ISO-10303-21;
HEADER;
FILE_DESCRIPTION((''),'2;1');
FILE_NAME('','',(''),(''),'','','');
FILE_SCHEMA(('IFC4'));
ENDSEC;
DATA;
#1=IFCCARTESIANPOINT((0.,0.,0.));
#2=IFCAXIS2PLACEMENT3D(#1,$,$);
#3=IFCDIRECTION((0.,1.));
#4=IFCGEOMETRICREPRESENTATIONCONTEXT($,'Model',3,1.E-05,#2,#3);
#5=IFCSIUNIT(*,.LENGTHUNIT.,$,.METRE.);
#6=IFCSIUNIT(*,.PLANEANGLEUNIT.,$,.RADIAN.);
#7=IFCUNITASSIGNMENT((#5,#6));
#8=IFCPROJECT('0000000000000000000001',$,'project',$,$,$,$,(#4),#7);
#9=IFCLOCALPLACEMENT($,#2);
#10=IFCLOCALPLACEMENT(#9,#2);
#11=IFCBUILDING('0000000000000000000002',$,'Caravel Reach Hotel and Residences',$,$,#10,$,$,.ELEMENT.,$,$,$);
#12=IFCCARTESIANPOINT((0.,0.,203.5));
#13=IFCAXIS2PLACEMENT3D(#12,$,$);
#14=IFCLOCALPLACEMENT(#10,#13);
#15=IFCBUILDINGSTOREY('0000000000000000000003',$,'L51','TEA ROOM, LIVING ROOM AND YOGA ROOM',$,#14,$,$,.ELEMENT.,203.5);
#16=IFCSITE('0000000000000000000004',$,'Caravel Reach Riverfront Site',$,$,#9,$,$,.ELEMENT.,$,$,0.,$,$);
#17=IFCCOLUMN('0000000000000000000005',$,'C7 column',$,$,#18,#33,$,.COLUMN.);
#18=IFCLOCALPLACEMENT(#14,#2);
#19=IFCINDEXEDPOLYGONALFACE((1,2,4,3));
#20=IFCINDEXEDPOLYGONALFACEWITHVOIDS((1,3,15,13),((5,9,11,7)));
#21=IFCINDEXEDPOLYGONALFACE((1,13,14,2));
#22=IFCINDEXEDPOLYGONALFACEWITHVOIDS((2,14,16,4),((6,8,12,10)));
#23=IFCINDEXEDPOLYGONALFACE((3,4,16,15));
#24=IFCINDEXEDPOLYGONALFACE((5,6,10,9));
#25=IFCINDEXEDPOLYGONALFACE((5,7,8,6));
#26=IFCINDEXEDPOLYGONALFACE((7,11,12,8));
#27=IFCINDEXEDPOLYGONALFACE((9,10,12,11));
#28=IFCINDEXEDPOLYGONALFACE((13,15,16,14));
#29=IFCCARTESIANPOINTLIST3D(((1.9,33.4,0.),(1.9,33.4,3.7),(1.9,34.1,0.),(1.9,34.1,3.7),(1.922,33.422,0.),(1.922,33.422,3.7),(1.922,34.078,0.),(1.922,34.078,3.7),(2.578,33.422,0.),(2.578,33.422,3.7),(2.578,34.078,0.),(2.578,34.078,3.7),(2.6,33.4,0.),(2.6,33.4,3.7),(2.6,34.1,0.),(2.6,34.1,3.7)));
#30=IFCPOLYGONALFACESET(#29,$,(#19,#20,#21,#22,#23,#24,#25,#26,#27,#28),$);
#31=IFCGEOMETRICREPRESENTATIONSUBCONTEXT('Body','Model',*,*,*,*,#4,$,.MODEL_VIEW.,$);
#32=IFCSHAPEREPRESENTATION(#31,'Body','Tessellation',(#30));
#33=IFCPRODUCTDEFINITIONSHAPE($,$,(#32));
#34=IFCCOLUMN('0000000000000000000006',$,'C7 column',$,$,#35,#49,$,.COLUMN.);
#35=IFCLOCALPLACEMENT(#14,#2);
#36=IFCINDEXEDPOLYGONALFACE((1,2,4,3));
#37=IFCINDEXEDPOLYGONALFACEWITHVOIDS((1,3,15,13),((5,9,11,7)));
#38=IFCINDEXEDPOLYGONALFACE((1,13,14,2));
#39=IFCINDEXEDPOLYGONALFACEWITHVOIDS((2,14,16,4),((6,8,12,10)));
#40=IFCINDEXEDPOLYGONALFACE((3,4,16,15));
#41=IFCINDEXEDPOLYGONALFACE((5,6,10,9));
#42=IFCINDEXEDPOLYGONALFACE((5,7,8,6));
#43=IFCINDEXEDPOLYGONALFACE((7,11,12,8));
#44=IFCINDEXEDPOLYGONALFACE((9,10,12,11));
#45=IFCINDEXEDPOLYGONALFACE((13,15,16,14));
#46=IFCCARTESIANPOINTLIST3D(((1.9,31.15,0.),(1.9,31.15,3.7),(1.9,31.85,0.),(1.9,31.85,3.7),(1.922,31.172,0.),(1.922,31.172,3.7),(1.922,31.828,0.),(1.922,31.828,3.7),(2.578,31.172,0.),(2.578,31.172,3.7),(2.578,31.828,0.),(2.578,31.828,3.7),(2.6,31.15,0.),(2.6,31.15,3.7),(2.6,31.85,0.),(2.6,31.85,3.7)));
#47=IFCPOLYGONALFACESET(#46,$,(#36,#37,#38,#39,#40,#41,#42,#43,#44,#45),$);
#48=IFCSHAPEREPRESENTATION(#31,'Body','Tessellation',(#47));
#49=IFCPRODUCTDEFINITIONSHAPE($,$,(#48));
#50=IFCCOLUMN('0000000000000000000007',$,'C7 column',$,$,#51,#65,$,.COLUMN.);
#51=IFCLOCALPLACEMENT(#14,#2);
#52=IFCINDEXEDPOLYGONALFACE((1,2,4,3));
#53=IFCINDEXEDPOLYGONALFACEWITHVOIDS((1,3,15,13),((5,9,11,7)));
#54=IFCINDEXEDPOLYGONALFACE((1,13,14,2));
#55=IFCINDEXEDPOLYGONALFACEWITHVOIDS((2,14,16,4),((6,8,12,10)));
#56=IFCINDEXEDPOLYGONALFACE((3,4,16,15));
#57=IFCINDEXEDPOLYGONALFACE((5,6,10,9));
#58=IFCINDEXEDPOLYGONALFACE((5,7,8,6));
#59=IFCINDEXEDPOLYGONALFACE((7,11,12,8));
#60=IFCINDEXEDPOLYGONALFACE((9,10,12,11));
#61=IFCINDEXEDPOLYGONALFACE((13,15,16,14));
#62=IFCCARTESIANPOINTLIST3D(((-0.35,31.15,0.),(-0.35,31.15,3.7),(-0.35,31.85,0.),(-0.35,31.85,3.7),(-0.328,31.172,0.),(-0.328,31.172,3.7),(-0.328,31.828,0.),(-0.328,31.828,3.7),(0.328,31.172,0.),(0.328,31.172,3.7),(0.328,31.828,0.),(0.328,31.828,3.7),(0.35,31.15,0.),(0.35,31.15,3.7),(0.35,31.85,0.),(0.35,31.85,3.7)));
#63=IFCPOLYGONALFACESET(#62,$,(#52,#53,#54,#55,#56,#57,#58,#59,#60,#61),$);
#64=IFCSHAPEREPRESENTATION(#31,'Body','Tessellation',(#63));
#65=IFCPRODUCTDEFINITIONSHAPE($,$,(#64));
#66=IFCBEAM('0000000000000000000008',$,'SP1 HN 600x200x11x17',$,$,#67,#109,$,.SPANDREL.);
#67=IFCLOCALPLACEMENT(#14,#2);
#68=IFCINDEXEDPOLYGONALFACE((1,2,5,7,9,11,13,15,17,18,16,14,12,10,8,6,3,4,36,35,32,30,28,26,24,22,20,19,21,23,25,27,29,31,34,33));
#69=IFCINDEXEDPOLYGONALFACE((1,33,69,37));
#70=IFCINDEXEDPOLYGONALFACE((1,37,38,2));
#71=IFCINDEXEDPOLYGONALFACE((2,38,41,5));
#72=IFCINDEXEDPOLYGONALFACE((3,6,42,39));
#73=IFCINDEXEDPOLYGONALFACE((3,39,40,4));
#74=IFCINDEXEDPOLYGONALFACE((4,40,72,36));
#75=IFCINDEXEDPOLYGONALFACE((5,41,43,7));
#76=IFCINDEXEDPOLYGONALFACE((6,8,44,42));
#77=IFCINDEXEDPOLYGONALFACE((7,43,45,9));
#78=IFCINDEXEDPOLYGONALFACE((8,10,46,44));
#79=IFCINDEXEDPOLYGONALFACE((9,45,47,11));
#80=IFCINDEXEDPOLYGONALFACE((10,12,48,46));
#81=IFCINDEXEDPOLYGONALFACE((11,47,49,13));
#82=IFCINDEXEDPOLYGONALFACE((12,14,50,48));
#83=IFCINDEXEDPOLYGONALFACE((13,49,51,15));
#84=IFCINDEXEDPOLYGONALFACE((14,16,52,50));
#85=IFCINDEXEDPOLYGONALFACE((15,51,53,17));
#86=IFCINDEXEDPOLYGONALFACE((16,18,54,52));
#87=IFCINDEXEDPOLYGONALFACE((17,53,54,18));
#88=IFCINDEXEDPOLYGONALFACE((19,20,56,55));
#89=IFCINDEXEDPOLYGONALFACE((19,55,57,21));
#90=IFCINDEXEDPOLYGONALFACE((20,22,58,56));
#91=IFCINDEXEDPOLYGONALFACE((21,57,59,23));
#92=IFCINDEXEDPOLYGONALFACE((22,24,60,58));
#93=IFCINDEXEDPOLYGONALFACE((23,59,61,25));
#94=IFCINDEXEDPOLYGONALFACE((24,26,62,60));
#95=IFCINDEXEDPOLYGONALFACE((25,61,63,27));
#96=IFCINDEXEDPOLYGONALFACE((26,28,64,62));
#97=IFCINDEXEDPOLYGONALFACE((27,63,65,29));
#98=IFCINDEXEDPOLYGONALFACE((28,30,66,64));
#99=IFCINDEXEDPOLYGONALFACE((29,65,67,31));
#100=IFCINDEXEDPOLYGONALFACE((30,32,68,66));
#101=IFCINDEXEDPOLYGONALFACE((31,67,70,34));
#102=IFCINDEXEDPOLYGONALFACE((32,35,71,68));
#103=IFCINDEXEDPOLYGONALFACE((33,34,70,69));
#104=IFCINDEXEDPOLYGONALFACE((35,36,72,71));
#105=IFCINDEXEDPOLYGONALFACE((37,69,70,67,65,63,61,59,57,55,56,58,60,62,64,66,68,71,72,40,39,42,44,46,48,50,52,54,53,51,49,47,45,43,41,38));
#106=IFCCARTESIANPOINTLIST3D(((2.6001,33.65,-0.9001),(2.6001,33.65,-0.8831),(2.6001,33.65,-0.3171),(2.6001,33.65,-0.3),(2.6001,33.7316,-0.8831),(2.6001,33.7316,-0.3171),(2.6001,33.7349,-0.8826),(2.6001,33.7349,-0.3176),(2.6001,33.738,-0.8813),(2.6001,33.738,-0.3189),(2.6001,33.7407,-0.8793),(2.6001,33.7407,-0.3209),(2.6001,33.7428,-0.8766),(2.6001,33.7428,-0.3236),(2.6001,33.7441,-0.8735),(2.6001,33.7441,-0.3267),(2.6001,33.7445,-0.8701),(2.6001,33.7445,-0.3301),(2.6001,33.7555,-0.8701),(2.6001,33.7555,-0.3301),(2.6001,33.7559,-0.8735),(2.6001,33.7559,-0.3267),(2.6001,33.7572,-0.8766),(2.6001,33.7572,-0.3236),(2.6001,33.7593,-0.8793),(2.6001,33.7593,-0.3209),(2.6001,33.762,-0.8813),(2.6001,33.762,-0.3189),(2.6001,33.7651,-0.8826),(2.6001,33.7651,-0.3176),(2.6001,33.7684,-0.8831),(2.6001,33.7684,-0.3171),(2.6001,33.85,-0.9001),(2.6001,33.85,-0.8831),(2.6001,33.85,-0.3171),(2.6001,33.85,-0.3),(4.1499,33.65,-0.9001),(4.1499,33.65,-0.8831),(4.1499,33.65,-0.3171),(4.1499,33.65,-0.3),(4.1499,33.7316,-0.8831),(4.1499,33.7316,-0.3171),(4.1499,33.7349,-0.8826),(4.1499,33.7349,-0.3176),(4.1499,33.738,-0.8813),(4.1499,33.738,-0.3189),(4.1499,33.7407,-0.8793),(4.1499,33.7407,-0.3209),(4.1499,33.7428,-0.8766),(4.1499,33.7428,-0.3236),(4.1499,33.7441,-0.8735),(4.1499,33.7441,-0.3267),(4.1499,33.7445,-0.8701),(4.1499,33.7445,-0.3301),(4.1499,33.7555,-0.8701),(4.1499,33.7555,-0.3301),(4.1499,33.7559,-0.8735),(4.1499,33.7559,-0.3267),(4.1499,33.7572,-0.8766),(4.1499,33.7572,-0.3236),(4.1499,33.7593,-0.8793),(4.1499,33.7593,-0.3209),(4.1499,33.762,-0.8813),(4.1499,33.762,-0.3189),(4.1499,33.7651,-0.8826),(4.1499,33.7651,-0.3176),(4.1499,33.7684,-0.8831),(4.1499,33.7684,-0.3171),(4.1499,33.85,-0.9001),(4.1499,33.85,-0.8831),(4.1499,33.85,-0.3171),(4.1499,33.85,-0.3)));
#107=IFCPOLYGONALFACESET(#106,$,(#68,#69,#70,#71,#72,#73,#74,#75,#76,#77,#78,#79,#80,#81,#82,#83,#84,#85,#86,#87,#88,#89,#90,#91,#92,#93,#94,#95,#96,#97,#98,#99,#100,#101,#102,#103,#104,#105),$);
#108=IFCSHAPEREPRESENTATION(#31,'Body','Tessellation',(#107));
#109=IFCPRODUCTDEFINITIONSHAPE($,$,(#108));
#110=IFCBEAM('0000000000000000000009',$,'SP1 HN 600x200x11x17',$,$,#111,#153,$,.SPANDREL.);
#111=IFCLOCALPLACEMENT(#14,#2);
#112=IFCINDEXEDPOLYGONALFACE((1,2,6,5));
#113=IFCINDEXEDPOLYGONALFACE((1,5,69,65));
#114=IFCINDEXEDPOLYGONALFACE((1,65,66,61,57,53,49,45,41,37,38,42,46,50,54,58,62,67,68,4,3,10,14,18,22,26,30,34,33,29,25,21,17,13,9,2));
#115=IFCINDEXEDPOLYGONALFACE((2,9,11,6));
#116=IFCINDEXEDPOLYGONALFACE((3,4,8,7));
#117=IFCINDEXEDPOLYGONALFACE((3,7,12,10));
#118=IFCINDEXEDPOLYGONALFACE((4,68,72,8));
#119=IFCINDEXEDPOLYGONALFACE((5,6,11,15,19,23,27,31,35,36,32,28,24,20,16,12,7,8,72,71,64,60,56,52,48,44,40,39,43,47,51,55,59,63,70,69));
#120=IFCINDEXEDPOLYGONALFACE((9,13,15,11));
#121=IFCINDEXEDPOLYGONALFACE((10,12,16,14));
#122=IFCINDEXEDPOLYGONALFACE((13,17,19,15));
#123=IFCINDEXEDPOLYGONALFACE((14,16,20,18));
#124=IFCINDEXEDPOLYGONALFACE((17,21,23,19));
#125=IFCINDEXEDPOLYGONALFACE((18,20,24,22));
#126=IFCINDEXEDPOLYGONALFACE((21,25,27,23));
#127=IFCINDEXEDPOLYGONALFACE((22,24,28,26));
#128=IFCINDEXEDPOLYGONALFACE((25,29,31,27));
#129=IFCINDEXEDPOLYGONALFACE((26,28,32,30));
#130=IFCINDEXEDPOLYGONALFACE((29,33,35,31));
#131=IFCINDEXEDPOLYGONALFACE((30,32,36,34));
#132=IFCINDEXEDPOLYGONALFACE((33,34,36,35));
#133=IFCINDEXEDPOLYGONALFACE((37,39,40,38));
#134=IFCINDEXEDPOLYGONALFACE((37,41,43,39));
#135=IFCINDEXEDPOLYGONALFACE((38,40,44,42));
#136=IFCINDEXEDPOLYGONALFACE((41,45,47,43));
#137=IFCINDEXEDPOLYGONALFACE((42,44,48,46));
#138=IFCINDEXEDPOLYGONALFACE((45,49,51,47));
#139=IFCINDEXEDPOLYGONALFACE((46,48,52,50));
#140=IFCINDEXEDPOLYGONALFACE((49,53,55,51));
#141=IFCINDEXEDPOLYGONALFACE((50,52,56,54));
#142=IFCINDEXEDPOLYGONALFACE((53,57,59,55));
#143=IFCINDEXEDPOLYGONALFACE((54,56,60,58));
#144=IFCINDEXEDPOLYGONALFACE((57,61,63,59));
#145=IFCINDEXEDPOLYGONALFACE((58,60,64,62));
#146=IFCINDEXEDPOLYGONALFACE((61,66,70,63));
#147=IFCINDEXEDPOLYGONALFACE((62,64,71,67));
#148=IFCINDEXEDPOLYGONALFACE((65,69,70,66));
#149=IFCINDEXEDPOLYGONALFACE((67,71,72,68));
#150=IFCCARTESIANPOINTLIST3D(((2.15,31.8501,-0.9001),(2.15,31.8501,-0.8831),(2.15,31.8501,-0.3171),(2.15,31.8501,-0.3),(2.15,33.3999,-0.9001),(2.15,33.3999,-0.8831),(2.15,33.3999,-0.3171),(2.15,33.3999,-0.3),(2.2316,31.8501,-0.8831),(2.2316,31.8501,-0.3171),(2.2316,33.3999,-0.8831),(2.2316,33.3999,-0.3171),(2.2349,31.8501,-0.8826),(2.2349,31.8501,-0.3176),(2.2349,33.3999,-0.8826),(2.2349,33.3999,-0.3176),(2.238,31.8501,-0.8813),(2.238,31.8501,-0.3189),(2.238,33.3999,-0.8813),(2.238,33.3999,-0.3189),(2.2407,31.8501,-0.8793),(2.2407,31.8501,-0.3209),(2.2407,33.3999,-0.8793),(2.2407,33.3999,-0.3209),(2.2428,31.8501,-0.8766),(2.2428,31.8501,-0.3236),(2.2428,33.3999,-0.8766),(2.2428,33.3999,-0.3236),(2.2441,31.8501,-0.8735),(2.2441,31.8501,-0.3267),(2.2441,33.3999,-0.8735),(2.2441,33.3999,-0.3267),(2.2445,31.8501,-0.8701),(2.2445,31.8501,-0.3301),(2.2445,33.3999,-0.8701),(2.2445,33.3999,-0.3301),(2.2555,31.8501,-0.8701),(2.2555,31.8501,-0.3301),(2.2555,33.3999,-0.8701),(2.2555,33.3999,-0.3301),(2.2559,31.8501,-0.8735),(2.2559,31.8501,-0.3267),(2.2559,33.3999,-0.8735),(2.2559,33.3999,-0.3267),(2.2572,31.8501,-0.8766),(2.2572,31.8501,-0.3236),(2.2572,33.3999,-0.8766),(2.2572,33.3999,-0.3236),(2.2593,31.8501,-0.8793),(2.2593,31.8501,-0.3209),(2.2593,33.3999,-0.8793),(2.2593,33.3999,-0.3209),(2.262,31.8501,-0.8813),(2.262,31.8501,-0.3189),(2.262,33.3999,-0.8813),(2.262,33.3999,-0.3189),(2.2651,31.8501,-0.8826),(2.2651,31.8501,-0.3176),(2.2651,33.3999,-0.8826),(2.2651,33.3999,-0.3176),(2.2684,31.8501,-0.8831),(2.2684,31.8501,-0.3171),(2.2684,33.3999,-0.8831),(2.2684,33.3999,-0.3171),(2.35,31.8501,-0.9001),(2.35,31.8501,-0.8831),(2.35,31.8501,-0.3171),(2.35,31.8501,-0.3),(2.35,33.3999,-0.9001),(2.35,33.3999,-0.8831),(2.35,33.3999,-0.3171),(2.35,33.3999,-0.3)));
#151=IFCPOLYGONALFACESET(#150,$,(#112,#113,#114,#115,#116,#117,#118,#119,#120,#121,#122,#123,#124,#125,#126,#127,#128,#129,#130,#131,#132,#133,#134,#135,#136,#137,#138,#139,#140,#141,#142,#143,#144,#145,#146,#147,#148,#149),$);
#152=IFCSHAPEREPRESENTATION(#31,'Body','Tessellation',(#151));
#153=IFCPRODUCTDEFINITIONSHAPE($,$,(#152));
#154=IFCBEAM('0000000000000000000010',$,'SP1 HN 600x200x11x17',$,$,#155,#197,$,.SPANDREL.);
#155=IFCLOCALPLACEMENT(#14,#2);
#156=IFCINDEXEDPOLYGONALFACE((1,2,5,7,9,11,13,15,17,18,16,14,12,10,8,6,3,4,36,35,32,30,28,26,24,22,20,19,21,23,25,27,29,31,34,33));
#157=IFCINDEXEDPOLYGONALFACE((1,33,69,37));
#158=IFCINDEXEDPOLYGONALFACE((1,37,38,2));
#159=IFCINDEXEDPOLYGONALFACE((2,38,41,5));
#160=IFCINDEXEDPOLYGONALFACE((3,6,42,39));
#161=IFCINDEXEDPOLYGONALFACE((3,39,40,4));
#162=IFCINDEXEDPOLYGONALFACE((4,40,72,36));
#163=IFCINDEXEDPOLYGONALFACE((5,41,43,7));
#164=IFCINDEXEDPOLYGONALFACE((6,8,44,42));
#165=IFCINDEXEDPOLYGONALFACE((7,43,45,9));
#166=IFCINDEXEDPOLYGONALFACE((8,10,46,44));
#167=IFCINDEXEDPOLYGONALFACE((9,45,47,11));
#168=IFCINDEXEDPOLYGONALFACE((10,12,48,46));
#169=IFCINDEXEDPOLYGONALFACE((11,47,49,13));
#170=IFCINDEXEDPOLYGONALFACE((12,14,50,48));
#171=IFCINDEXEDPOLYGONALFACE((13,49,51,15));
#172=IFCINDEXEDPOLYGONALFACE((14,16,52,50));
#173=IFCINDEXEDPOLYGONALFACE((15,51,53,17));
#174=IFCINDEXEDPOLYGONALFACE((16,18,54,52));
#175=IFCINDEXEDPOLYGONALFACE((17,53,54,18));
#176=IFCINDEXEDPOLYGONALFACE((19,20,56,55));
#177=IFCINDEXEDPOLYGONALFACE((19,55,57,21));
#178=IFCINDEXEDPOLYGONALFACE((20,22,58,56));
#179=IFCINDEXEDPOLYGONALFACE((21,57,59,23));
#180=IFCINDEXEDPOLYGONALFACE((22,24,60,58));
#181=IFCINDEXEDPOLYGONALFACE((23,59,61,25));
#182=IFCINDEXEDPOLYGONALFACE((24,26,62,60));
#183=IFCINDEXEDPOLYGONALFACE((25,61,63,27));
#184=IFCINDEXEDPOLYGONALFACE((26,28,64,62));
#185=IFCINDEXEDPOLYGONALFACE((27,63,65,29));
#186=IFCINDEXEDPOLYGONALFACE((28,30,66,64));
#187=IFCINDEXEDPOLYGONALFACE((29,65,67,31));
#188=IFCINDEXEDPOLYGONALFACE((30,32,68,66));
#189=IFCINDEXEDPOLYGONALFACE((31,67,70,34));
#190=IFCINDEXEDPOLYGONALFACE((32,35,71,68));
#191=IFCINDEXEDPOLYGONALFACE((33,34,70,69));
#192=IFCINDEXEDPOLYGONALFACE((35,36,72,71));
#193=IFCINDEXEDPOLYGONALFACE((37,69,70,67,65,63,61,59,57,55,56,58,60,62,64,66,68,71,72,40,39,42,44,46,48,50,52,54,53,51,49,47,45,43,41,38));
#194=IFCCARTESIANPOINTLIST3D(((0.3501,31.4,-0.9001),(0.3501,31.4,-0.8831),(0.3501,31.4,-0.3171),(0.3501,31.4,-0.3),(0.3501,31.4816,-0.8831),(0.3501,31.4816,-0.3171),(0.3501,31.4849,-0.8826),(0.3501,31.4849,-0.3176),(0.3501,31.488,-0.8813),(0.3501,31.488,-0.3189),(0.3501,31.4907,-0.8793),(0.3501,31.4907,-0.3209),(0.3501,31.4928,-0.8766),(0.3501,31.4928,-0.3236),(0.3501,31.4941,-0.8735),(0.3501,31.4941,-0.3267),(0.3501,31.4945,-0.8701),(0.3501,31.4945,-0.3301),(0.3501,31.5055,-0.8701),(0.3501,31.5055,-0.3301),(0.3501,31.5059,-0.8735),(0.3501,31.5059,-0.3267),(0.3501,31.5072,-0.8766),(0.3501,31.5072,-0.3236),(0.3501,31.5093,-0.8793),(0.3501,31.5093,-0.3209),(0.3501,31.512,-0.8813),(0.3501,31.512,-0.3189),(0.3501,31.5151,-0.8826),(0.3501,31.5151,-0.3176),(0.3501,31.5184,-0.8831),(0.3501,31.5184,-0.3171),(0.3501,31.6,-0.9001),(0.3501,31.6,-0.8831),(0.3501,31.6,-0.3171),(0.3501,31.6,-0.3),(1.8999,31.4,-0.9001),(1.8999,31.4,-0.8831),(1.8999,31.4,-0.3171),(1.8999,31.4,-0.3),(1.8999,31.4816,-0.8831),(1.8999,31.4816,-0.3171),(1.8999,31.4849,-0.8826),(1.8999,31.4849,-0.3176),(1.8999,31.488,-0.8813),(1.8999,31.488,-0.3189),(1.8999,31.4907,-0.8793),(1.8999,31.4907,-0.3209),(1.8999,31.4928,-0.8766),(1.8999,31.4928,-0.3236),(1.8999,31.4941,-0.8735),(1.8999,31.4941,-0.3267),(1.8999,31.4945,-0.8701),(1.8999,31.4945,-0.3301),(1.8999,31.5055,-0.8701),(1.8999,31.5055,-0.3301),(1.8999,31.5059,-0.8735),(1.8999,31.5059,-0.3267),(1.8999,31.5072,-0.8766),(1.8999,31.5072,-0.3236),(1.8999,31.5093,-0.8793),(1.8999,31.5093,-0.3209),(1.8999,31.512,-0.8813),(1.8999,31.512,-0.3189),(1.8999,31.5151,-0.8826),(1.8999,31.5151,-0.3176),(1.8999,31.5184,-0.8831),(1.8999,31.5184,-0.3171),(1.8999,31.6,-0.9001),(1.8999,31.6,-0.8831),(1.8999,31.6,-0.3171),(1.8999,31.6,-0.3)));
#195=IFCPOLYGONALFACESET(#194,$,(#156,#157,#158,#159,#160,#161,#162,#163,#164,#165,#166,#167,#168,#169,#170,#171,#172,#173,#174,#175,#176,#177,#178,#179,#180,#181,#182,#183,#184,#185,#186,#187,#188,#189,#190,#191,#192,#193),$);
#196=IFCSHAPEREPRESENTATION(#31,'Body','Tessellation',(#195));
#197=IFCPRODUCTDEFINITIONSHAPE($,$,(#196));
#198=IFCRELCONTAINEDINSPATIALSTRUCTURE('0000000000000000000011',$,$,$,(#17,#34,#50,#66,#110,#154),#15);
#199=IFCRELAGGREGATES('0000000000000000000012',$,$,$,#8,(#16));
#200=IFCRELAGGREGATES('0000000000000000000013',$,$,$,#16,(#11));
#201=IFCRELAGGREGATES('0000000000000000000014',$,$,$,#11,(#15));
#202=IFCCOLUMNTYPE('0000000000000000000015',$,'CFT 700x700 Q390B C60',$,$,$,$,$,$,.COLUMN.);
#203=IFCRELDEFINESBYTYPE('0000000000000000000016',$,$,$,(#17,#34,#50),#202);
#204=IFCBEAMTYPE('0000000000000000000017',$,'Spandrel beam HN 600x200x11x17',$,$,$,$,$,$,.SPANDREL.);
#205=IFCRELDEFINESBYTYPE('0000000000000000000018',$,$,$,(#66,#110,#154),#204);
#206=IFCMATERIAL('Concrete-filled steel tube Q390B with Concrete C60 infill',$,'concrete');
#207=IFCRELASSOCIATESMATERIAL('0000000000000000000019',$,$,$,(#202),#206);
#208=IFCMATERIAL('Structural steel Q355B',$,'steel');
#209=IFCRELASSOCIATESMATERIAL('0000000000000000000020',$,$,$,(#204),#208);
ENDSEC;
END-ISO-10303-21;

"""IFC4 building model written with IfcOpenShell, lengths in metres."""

from ifc_helpers import new_model, si_unit, direction, frame, origin, origin_2d, place, context, subcontext, project, spatial, hollow_rectangle, i_section, extrude, material, material_profile, profile_set, type_object, element, save


model = new_model("IFC4")

# Units and contexts
model_context = context("Model", 3, precision=1e-05, world=origin(), true_north=direction((0.0, 1.0)))
body_context = subcontext(model_context, "Body", "Model", "MODEL_VIEW")
ifc_project = project(units=[si_unit("LENGTHUNIT", "METRE"), si_unit("PLANEANGLEUNIT", "RADIAN")], contexts=[model_context])

# Site, building, storey
site_placement = place(None, origin())
site = spatial("IfcSite", under=ifc_project, at=site_placement, Name="Caravel Reach Riverfront Site", CompositionType="ELEMENT", RefElevation=0.0)
building_placement = place(site_placement, origin())
building = spatial("IfcBuilding", under=site, at=building_placement, Name="Caravel Reach Hotel and Residences", CompositionType="ELEMENT")
storey_placement = place(building_placement, frame((0.0, 0.0, 203.5)))
storey = spatial("IfcBuildingStorey", under=building, at=storey_placement, Name="L51", Description="TEA ROOM, LIVING ROOM AND YOGA ROOM", CompositionType="ELEMENT", Elevation=203.5)

# Columns
ifc_material_1 = material(Name="Concrete-filled steel tube Q390B with Concrete C60 infill", Category="concrete")
ifc_material_profile_1 = material_profile(ifc_material_1, hollow_rectangle(XDim=0.7, YDim=0.7, WallThickness=0.022, at=origin_2d()), Name="RHS 700x700x22")
ifc_profile_set_1 = profile_set([ifc_material_profile_1], Name="Concrete-filled steel tube Q390B with Concrete C60 infill")
column_type = type_object("IfcColumnType", Name="CFT 700x700 Q390B C60", PredefinedType="COLUMN", material=ifc_profile_set_1)
for number, where, z_axis, x_axis, name in (
    (1, (2.25, 33.75, 0.0), (0.0, 0.0, 1.0), (1.0, 0.0, 0.0), "C7 column"),
    (2, (2.25, 31.5, 0.0), (0.0, 0.0, 1.0), (1.0, 0.0, 0.0), "C7 column"),
    (3, (0.0, 31.5, 0.0), (0.0, 0.0, 1.0), (1.0, 0.0, 0.0), "C7 column"),
):
    element("IfcColumn", number, at=place(storey_placement, frame(where, z_axis=z_axis, x_axis=x_axis)), inside=storey, type_object=column_type, Name=name, PredefinedType="COLUMN", context=body_context, shape_type="SweptSolid", body=[
        extrude(hollow_rectangle(XDim=0.7, YDim=0.7, WallThickness=0.022, at=origin_2d()), origin(), (0.0, 0.0, 1.0), 3.7),
    ])

# Beams
ifc_material_2 = material(Name="Structural steel Q355B", Category="steel")
ifc_material_profile_2 = material_profile(ifc_material_2, i_section(OverallWidth=0.2, OverallDepth=0.6001, WebThickness=0.011, FlangeThickness=0.0171, FilletRadius=0.0129, at=origin_2d()), Name="HN 600x200x11x17")
ifc_profile_set_2 = profile_set([ifc_material_profile_2], Name="Structural steel Q355B")
beam_type = type_object("IfcBeamType", Name="Spandrel beam HN 600x200x11x17", PredefinedType="SPANDREL", material=ifc_profile_set_2)
for number, where, z_axis, x_axis, name in (
    (4, (4.1499, 33.75, -0.6001), (-1.0, 0.0, 0.0), (0.0, -1.0, 0.0), "SP1 HN 600x200x11x17"),
    (5, (2.25, 33.3999, -0.6001), (0.0, -1.0, 0.0), (1.0, 0.0, 0.0), "SP1 HN 600x200x11x17"),
    (6, (1.8999, 31.5, -0.6001), (-1.0, 0.0, 0.0), (0.0, -1.0, 0.0), "SP1 HN 600x200x11x17"),
):
    element("IfcBeam", number, at=place(storey_placement, frame(where, z_axis=z_axis, x_axis=x_axis)), inside=storey, type_object=beam_type, Name=name, PredefinedType="SPANDREL", context=body_context, shape_type="SweptSolid", body=[
        extrude(i_section(OverallWidth=0.2, OverallDepth=0.6001, WebThickness=0.011, FlangeThickness=0.0171, FilletRadius=0.0129, at=origin_2d()), origin(), (0.0, 0.0, 1.0), 1.5498),
    ])

save(model, "model.ifc")
